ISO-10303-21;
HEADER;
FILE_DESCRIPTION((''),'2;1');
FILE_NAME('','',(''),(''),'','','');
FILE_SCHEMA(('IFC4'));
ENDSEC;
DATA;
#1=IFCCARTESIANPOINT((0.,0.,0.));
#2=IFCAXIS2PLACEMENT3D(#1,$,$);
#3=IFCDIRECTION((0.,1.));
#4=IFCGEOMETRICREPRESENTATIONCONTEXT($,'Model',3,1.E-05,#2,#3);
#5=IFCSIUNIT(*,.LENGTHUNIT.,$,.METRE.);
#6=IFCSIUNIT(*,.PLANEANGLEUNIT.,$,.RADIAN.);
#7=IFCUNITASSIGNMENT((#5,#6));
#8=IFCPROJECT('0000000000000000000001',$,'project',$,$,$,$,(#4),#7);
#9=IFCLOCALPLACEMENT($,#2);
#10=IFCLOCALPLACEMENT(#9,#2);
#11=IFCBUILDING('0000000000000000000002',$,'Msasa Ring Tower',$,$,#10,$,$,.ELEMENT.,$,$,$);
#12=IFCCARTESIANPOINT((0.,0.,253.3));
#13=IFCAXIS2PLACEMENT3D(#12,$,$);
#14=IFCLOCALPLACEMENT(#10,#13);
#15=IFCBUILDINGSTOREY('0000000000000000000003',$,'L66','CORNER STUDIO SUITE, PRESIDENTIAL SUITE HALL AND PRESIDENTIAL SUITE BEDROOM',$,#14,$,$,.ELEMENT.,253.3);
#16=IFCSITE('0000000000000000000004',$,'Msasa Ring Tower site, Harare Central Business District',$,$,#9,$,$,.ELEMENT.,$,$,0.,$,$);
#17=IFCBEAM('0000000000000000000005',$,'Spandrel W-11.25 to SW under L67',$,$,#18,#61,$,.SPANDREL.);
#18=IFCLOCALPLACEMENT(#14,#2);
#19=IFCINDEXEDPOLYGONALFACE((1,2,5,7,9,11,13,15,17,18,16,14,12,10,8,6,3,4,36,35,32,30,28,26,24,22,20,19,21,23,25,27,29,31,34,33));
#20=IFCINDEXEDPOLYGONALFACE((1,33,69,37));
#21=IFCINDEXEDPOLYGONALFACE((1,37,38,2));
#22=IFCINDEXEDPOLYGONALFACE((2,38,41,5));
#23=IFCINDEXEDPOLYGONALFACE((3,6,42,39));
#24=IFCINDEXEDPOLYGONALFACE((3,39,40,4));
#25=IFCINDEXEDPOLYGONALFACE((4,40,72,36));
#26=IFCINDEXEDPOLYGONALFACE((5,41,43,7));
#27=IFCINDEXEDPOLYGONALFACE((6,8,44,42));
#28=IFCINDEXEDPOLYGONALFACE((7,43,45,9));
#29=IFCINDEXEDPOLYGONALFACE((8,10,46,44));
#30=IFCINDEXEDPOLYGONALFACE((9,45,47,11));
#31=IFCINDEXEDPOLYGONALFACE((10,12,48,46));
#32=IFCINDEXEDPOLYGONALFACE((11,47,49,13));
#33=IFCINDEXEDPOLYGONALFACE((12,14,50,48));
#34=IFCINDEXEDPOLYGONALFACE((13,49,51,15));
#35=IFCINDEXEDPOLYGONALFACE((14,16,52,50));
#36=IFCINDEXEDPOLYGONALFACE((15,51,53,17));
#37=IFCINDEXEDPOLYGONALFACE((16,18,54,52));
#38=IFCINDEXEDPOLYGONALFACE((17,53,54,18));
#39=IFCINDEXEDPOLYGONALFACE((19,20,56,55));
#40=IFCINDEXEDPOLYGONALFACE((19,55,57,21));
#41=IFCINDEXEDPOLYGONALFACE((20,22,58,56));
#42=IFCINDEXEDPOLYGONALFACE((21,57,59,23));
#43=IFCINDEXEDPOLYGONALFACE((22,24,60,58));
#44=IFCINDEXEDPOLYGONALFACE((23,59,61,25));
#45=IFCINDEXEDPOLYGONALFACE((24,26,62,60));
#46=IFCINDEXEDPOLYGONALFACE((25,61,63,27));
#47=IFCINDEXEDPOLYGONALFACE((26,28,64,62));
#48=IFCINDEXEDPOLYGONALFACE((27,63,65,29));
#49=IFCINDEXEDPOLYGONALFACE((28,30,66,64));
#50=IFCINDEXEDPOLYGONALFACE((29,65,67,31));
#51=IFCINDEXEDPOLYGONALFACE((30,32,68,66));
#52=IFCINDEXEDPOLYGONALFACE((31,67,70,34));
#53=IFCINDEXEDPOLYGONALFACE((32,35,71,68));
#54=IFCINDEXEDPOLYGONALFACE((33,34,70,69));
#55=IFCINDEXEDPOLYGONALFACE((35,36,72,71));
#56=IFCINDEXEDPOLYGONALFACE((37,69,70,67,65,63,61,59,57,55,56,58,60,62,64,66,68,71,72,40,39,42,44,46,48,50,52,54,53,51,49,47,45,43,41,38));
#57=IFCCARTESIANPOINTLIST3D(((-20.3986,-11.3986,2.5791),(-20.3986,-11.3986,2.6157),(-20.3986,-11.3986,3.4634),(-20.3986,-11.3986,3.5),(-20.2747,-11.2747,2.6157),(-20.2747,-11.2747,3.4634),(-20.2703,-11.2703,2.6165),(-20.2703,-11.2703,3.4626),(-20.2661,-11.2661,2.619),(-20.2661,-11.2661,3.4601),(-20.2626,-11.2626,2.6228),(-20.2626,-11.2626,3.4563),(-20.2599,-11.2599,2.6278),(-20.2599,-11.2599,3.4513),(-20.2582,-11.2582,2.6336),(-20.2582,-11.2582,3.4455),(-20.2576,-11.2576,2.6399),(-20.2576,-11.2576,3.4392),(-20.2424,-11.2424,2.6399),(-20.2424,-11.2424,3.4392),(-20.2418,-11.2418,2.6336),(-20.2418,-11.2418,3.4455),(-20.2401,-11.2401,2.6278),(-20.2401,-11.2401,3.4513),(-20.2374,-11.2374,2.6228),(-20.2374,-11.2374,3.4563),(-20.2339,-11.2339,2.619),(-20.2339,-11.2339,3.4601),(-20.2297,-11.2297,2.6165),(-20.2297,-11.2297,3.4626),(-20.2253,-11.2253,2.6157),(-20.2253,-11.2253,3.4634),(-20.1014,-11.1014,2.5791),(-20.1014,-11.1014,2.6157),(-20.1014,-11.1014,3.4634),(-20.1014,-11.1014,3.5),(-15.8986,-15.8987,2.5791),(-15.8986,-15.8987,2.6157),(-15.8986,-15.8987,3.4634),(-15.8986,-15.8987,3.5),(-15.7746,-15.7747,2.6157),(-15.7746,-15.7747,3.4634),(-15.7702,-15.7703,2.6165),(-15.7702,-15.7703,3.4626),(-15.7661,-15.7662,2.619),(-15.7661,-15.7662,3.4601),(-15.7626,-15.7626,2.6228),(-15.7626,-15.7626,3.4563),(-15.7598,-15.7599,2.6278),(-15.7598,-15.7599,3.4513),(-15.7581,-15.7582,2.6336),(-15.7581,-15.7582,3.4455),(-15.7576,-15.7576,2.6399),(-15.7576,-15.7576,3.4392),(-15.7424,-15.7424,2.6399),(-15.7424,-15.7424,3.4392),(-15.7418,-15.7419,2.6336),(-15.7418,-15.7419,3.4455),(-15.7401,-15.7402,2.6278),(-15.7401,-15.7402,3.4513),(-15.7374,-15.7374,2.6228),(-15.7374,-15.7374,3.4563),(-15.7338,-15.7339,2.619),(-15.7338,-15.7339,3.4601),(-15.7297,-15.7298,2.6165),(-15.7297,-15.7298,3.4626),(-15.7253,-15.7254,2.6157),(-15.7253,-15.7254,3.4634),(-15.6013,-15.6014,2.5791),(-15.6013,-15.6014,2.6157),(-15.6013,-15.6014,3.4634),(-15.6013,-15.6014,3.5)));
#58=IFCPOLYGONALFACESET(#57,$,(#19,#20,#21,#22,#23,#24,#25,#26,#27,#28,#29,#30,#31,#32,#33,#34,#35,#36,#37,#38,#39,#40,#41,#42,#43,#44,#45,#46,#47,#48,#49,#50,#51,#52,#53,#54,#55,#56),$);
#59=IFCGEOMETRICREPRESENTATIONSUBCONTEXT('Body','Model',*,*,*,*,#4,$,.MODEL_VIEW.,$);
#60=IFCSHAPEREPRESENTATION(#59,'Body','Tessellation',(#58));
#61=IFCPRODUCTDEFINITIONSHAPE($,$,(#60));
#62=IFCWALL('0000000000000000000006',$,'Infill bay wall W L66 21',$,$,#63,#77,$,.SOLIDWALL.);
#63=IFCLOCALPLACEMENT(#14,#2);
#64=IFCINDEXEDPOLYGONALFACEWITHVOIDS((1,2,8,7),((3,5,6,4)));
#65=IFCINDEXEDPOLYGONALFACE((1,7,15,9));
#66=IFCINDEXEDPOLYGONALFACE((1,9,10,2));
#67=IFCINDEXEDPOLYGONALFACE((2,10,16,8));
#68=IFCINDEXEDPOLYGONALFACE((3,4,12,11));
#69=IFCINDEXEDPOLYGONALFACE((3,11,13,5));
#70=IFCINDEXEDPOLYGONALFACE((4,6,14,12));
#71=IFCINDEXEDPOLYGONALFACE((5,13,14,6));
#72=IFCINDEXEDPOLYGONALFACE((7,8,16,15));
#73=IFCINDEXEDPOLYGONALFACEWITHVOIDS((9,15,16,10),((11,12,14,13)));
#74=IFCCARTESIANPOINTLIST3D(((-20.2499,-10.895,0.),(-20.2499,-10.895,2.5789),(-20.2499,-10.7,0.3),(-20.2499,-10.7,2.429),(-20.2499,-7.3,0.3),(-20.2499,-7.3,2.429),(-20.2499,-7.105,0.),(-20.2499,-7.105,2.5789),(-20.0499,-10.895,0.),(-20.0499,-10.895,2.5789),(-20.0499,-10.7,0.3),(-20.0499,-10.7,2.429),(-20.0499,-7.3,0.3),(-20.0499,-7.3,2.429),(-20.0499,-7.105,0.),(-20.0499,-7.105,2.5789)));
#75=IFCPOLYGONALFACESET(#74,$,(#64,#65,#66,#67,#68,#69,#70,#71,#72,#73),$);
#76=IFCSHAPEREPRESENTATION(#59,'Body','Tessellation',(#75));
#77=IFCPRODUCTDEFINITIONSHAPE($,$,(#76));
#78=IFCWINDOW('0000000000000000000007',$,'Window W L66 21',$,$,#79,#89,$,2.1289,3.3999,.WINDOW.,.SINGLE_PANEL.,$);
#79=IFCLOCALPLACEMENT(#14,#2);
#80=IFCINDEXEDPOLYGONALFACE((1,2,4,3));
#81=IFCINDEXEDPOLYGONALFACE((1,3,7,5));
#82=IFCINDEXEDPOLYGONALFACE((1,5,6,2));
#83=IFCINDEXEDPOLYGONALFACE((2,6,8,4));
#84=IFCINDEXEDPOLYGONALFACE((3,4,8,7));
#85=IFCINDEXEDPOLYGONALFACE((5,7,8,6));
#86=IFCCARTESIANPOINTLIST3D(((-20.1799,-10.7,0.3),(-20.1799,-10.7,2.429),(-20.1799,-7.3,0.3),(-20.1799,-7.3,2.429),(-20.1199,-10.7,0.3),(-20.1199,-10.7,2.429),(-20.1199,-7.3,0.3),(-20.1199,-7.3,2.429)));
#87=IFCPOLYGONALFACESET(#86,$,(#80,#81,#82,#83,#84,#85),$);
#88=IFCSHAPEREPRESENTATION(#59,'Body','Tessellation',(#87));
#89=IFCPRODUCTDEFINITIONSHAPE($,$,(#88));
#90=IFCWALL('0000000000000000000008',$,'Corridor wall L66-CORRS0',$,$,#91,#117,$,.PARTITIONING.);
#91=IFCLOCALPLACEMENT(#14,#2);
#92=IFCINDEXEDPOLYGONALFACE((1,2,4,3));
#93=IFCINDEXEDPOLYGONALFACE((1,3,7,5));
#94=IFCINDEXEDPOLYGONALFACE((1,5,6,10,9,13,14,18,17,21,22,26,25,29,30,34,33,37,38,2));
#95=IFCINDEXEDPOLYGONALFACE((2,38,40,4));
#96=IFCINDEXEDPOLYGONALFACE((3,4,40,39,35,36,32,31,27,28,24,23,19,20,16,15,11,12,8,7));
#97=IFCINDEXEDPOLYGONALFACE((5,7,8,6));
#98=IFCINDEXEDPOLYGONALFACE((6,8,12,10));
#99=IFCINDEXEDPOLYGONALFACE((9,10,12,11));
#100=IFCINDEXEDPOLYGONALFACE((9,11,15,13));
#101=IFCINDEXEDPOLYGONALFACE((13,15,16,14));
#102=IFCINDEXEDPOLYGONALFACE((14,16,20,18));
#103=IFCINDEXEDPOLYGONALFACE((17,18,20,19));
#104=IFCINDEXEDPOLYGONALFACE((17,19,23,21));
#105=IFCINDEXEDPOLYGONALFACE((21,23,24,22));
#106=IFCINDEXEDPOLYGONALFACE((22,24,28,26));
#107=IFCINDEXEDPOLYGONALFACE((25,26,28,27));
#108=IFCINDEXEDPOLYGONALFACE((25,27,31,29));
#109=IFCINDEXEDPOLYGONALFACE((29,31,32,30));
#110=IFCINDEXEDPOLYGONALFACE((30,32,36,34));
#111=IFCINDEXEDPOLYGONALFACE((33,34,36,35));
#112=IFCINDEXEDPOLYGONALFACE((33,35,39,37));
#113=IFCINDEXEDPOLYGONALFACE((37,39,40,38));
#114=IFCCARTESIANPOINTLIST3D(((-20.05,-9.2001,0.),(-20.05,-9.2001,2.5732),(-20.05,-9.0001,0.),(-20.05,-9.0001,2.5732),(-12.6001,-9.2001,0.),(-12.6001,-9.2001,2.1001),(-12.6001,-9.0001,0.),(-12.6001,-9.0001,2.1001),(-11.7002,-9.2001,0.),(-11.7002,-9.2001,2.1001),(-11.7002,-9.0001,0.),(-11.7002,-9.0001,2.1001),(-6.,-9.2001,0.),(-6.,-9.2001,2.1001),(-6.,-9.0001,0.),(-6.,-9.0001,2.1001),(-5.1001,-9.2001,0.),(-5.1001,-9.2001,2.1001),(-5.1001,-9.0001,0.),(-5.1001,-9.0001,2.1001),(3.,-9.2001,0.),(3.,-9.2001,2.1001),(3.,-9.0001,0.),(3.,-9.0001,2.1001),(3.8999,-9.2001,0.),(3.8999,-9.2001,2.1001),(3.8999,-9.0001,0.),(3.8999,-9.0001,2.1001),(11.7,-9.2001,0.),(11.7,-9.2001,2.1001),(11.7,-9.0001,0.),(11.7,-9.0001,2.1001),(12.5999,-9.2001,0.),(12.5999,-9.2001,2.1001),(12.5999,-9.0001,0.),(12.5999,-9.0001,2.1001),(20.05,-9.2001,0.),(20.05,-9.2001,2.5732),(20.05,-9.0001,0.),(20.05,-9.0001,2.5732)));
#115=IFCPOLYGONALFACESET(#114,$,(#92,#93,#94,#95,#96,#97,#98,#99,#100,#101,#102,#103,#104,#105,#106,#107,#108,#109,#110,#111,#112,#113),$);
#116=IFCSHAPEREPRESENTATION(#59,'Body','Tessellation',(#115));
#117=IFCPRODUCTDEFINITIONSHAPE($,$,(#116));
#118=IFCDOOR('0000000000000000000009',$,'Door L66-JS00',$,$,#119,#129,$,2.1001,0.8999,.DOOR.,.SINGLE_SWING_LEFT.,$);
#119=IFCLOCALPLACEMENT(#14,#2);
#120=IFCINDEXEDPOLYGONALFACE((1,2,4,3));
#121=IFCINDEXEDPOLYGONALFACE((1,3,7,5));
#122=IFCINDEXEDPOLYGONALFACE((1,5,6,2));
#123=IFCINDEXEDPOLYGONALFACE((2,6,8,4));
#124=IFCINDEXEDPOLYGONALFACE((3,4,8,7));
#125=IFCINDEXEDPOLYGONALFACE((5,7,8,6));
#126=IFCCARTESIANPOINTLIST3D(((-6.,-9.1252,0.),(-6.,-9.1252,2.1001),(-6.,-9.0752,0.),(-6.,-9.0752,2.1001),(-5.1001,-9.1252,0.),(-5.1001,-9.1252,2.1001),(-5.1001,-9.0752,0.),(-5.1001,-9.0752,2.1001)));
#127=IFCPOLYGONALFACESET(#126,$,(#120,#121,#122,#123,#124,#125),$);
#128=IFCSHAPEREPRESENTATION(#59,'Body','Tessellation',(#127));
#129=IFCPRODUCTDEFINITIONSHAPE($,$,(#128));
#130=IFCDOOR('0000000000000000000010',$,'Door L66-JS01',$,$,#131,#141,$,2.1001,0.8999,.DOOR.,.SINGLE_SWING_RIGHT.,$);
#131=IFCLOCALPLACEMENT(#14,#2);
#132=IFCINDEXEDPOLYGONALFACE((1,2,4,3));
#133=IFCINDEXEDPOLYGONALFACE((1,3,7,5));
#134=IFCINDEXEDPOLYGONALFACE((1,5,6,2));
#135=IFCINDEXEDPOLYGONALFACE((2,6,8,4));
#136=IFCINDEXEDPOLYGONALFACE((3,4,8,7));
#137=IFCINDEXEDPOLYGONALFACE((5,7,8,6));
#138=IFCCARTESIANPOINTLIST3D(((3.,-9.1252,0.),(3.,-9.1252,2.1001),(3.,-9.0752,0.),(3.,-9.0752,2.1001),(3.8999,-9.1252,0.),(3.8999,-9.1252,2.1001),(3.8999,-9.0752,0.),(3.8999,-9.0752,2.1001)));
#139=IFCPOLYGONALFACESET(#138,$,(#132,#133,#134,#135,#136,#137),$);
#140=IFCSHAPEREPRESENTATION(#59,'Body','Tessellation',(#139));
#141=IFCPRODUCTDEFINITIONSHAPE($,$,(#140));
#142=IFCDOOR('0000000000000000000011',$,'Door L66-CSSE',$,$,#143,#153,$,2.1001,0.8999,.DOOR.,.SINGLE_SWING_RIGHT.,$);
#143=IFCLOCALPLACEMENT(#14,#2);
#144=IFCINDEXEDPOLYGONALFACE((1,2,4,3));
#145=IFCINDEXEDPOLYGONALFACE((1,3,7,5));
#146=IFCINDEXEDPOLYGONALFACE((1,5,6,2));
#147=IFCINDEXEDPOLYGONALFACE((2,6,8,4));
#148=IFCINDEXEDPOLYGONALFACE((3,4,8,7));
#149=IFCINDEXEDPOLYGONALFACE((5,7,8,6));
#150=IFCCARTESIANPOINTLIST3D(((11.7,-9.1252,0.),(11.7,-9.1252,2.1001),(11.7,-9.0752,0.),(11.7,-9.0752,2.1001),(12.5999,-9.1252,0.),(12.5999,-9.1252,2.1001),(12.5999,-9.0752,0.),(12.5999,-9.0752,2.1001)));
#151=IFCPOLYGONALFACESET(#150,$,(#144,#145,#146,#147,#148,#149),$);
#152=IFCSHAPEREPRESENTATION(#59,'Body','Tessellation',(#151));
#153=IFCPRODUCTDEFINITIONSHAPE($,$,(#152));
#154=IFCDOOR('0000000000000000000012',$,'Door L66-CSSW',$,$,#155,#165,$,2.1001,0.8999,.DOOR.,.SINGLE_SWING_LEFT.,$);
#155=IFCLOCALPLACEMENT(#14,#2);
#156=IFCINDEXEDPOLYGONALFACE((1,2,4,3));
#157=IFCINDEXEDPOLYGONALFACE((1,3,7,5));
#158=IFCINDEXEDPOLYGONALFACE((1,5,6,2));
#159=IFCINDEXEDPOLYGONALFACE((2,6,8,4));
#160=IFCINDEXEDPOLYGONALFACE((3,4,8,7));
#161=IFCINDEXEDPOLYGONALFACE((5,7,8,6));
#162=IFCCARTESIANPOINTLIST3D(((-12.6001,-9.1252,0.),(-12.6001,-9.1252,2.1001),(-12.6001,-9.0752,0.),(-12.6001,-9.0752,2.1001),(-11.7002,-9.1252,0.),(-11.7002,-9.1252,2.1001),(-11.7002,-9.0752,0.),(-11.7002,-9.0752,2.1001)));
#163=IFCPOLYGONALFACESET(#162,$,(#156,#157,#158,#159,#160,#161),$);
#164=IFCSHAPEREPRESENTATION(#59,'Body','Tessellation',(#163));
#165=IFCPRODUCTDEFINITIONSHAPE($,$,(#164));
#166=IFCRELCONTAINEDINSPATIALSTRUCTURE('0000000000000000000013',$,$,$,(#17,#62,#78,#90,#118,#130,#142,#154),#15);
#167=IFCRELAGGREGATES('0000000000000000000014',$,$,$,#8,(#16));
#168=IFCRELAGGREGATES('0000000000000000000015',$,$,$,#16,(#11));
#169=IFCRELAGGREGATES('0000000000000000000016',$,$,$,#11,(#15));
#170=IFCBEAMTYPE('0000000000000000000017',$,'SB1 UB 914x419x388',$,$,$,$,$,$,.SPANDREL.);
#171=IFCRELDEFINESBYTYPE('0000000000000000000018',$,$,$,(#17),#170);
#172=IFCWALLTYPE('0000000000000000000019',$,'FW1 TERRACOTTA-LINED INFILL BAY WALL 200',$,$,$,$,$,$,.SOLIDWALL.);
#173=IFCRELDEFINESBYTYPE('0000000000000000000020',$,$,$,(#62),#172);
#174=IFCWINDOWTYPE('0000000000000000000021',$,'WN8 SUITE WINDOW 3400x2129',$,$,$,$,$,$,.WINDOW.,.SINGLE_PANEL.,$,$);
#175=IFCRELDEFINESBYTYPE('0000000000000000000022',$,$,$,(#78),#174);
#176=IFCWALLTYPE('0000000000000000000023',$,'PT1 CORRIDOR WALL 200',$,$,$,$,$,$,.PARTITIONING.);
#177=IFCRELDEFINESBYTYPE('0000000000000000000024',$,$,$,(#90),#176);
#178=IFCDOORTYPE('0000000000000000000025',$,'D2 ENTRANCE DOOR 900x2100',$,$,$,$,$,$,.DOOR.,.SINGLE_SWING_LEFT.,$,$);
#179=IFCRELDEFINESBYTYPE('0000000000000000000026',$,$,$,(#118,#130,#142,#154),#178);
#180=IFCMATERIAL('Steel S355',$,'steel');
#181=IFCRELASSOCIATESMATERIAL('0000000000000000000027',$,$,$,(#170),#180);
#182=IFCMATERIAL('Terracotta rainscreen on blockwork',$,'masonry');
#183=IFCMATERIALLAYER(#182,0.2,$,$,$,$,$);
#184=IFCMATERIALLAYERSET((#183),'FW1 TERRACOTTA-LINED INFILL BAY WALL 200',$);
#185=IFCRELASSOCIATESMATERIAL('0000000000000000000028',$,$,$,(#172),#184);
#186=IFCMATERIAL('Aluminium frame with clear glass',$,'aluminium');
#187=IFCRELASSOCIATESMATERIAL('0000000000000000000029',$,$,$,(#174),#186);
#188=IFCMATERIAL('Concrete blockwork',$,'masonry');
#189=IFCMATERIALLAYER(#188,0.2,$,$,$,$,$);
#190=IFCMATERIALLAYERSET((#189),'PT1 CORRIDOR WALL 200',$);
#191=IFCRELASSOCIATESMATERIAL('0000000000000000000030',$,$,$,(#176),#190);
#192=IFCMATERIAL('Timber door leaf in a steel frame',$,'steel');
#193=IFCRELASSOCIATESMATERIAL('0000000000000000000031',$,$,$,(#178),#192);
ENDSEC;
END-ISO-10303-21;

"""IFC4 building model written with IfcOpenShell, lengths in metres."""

from ifc_helpers import new_model, si_unit, direction, frame, frame_2d, origin, origin_2d, place, context, subcontext, project, spatial, rectangle, i_section, extrude, material, layer, layer_set, material_profile, profile_set, type_object, element, fill, save


model = new_model("IFC4")

# Units and contexts
model_context = context("Model", 3, precision=1e-05, world=origin(), true_north=direction((0.0, 1.0)))
body_context = subcontext(model_context, "Body", "Model", "MODEL_VIEW")
ifc_project = project(units=[si_unit("LENGTHUNIT", "METRE"), si_unit("PLANEANGLEUNIT", "RADIAN")], contexts=[model_context])

# Site, building, storey
site_placement = place(None, origin())
site = spatial("IfcSite", under=ifc_project, at=site_placement, Name="Msasa Ring Tower site, Harare Central Business District", CompositionType="ELEMENT", RefElevation=0.0)
building_placement = place(site_placement, origin())
building = spatial("IfcBuilding", under=site, at=building_placement, Name="Msasa Ring Tower", CompositionType="ELEMENT")
storey_placement = place(building_placement, frame((0.0, 0.0, 253.3)))
storey = spatial("IfcBuildingStorey", under=building, at=storey_placement, Name="L66", Description="CORNER STUDIO SUITE, PRESIDENTIAL SUITE HALL AND PRESIDENTIAL SUITE BEDROOM", CompositionType="ELEMENT", Elevation=253.3)

# Beam
ifc_material_1 = material(Name="Steel S355", Category="steel")
ifc_material_profile_1 = material_profile(ifc_material_1, i_section(OverallWidth=0.4204, OverallDepth=0.9209, WebThickness=0.0215, FlangeThickness=0.0366, FilletRadius=0.0242, at=origin_2d()), Name="UB 914x419x388")
ifc_profile_set_1 = profile_set([ifc_material_profile_1], Name="Steel S355")
beam_type_1 = type_object("IfcBeamType", Name="SB1 UB 914x419x388", PredefinedType="SPANDREL", material=ifc_profile_set_1)
beam_1_placement = place(storey_placement, frame((-20.25, -11.25, 3.0396), z_axis=(0.707107, -0.707107, 0.0), x_axis=(0.707107, 0.707107, 0.0)))
element("IfcBeam", 1, at=beam_1_placement, inside=storey, type_object=beam_type_1, Name="Spandrel W-11.25 to SW under L67", PredefinedType="SPANDREL", context=body_context, shape_type="SweptSolid", body=[
    extrude(i_section(OverallWidth=0.4204, OverallDepth=0.9209, WebThickness=0.0215, FlangeThickness=0.0366, FilletRadius=0.0242, at=origin_2d()), origin(), (0.0, 0.0, 1.0), 6.364),
])

# Wall, opening, window
ifc_material_2 = material(Name="Terracotta rainscreen on blockwork", Category="masonry")
ifc_layer_1 = layer(ifc_material_2, 0.2)
ifc_layer_set_1 = layer_set([ifc_layer_1], Name="FW1 TERRACOTTA-LINED INFILL BAY WALL 200")
wall_type_1 = type_object("IfcWallType", Name="FW1 TERRACOTTA-LINED INFILL BAY WALL 200", PredefinedType="SOLIDWALL", material=ifc_layer_set_1)
wall_1_placement = place(storey_placement, frame((-20.1499, -10.895, 0.0), z_axis=(0.0, 0.0, 1.0), x_axis=(0.0, 1.0, 0.0)))
wall_1 = element("IfcWall", 2, at=wall_1_placement, inside=storey, type_object=wall_type_1, Name="Infill bay wall W L66 21", PredefinedType="SOLIDWALL", context=body_context, shape_type="SweptSolid", body=[
    extrude(rectangle(XDim=3.79, YDim=0.2, at=frame_2d((1.895, 0.0))), origin(), (0.0, 0.0, 1.0), 2.5789),
])
opening_1_placement = place(wall_1_placement, frame((0.1951, 0.0, 0.3)))
opening_1 = element("IfcOpeningElement", 3, at=opening_1_placement, cuts=wall_1, PredefinedType="OPENING", context=body_context, shape_type="SweptSolid", body=[
    extrude(rectangle(XDim=3.3999, YDim=2.1289, at=frame_2d((1.7, 1.0645))), frame((0.0, 0.1099, 0.0), z_axis=(0.0, -1.0, 0.0), x_axis=(1.0, 0.0, 0.0)), (0.0, 0.0, 1.0), 0.22),
])
ifc_material_3 = material(Name="Aluminium frame with clear glass", Category="aluminium")
window_type = type_object("IfcWindowType", Name="WN8 SUITE WINDOW 3400x2129", PartitioningType="SINGLE_PANEL", PredefinedType="WINDOW", material=ifc_material_3)
window_placement = place(opening_1_placement, origin())
window = element("IfcWindow", 4, at=window_placement, inside=storey, type_object=window_type, Name="Window W L66 21", OverallHeight=2.1289, OverallWidth=3.3999, PartitioningType="SINGLE_PANEL", PredefinedType="WINDOW", context=body_context, shape_type="SweptSolid", body=[
    extrude(rectangle(XDim=3.3999, YDim=2.1289, at=frame_2d((1.7, 1.0645))), frame((0.0, 0.03, 0.0), z_axis=(0.0, -1.0, 0.0), x_axis=(1.0, 0.0, 0.0)), (0.0, 0.0, 1.0), 0.0601),
])
fill(opening_1, window)

# Wall, openings, doors
ifc_material_4 = material(Name="Concrete blockwork", Category="masonry")
ifc_layer_2 = layer(ifc_material_4, 0.2)
ifc_layer_set_2 = layer_set([ifc_layer_2], Name="PT1 CORRIDOR WALL 200")
wall_type_2 = type_object("IfcWallType", Name="PT1 CORRIDOR WALL 200", PredefinedType="PARTITIONING", material=ifc_layer_set_2)
wall_2_placement = place(storey_placement, frame((-20.05, -9.1001, 0.0), z_axis=(0.0, 0.0, 1.0), x_axis=(1.0, 0.0, 0.0)))
wall_2 = element("IfcWall", 5, at=wall_2_placement, inside=storey, type_object=wall_type_2, Name="Corridor wall L66-CORRS0", PredefinedType="PARTITIONING", context=body_context, shape_type="SweptSolid", body=[
    extrude(rectangle(XDim=40.1001, YDim=0.2, at=frame_2d((20.05, 0.0))), origin(), (0.0, 0.0, 1.0), 2.5732),
])
opening_2_placement = place(wall_2_placement, frame((14.05, 0.0, 0.0)))
opening_2 = element("IfcOpeningElement", 6, at=opening_2_placement, cuts=wall_2, PredefinedType="OPENING", context=body_context, shape_type="SweptSolid", body=[
    extrude(rectangle(XDim=0.8999, YDim=2.1001, at=frame_2d((0.45, 1.05))), frame((0.0, 0.1099, 0.0), z_axis=(0.0, -1.0, 0.0), x_axis=(1.0, 0.0, 0.0)), (0.0, 0.0, 1.0), 0.22),
])
opening_3_placement = place(wall_2_placement, frame((23.05, 0.0, 0.0)))
opening_3 = element("IfcOpeningElement", 7, at=opening_3_placement, cuts=wall_2, PredefinedType="OPENING", context=body_context, shape_type="SweptSolid", body=[
    extrude(rectangle(XDim=0.8999, YDim=2.1001, at=frame_2d((0.45, 1.05))), frame((0.0, 0.1099, 0.0), z_axis=(0.0, -1.0, 0.0), x_axis=(1.0, 0.0, 0.0)), (0.0, 0.0, 1.0), 0.22),
])
opening_4_placement = place(wall_2_placement, frame((31.75, 0.0, 0.0)))
opening_4 = element("IfcOpeningElement", 8, at=opening_4_placement, cuts=wall_2, PredefinedType="OPENING", context=body_context, shape_type="SweptSolid", body=[
    extrude(rectangle(XDim=0.8999, YDim=2.1001, at=frame_2d((0.45, 1.05))), frame((0.0, 0.1099, 0.0), z_axis=(0.0, -1.0, 0.0), x_axis=(1.0, 0.0, 0.0)), (0.0, 0.0, 1.0), 0.22),
])
opening_5_placement = place(wall_2_placement, frame((7.45, 0.0, 0.0)))
opening_5 = element("IfcOpeningElement", 9, at=opening_5_placement, cuts=wall_2, PredefinedType="OPENING", context=body_context, shape_type="SweptSolid", body=[
    extrude(rectangle(XDim=0.8999, YDim=2.1001, at=frame_2d((0.45, 1.05))), frame((0.0, 0.1099, 0.0), z_axis=(0.0, -1.0, 0.0), x_axis=(1.0, 0.0, 0.0)), (0.0, 0.0, 1.0), 0.22),
])
ifc_material_5 = material(Name="Timber door leaf in a steel frame", Category="steel")
door_type_1 = type_object("IfcDoorType", Name="D2 ENTRANCE DOOR 900x2100", OperationType="SINGLE_SWING_LEFT", PredefinedType="DOOR", material=ifc_material_5)
door_1_placement = place(opening_2_placement, origin())
door_1 = element("IfcDoor", 10, at=door_1_placement, inside=storey, type_object=door_type_1, Name="Door L66-JS00", OperationType="SINGLE_SWING_LEFT", OverallHeight=2.1001, OverallWidth=0.8999, PredefinedType="DOOR", context=body_context, shape_type="SweptSolid", body=[
    extrude(rectangle(XDim=0.8999, YDim=2.1001, at=frame_2d((0.45, 1.05))), frame((0.0, 0.0249, 0.0), z_axis=(0.0, -1.0, 0.0), x_axis=(1.0, 0.0, 0.0)), (0.0, 0.0, 1.0), 0.05),
])
fill(opening_2, door_1)
door_2_placement = place(opening_3_placement, origin())
door_2 = element("IfcDoor", 11, at=door_2_placement, inside=storey, type_object=door_type_1, Name="Door L66-JS01", OperationType="SINGLE_SWING_RIGHT", OverallHeight=2.1001, OverallWidth=0.8999, PredefinedType="DOOR", context=body_context, shape_type="SweptSolid", body=[
    extrude(rectangle(XDim=0.8999, YDim=2.1001, at=frame_2d((0.45, 1.05))), frame((0.0, 0.0249, 0.0), z_axis=(0.0, -1.0, 0.0), x_axis=(1.0, 0.0, 0.0)), (0.0, 0.0, 1.0), 0.05),
])
fill(opening_3, door_2)
door_3_placement = place(opening_4_placement, origin())
door_3 = element("IfcDoor", 12, at=door_3_placement, inside=storey, type_object=door_type_1, Name="Door L66-CSSE", OperationType="SINGLE_SWING_RIGHT", OverallHeight=2.1001, OverallWidth=0.8999, PredefinedType="DOOR", context=body_context, shape_type="SweptSolid", body=[
    extrude(rectangle(XDim=0.8999, YDim=2.1001, at=frame_2d((0.45, 1.05))), frame((0.0, 0.0249, 0.0), z_axis=(0.0, -1.0, 0.0), x_axis=(1.0, 0.0, 0.0)), (0.0, 0.0, 1.0), 0.05),
])
fill(opening_4, door_3)
door_4_placement = place(opening_5_placement, origin())
door_4 = element("IfcDoor", 13, at=door_4_placement, inside=storey, type_object=door_type_1, Name="Door L66-CSSW", OperationType="SINGLE_SWING_LEFT", OverallHeight=2.1001, OverallWidth=0.8999, PredefinedType="DOOR", context=body_context, shape_type="SweptSolid", body=[
    extrude(rectangle(XDim=0.8999, YDim=2.1001, at=frame_2d((0.45, 1.05))), frame((0.0, 0.0249, 0.0), z_axis=(0.0, -1.0, 0.0), x_axis=(1.0, 0.0, 0.0)), (0.0, 0.0, 1.0), 0.05),
])
fill(opening_5, door_4)

save(model, "model.ifc")
